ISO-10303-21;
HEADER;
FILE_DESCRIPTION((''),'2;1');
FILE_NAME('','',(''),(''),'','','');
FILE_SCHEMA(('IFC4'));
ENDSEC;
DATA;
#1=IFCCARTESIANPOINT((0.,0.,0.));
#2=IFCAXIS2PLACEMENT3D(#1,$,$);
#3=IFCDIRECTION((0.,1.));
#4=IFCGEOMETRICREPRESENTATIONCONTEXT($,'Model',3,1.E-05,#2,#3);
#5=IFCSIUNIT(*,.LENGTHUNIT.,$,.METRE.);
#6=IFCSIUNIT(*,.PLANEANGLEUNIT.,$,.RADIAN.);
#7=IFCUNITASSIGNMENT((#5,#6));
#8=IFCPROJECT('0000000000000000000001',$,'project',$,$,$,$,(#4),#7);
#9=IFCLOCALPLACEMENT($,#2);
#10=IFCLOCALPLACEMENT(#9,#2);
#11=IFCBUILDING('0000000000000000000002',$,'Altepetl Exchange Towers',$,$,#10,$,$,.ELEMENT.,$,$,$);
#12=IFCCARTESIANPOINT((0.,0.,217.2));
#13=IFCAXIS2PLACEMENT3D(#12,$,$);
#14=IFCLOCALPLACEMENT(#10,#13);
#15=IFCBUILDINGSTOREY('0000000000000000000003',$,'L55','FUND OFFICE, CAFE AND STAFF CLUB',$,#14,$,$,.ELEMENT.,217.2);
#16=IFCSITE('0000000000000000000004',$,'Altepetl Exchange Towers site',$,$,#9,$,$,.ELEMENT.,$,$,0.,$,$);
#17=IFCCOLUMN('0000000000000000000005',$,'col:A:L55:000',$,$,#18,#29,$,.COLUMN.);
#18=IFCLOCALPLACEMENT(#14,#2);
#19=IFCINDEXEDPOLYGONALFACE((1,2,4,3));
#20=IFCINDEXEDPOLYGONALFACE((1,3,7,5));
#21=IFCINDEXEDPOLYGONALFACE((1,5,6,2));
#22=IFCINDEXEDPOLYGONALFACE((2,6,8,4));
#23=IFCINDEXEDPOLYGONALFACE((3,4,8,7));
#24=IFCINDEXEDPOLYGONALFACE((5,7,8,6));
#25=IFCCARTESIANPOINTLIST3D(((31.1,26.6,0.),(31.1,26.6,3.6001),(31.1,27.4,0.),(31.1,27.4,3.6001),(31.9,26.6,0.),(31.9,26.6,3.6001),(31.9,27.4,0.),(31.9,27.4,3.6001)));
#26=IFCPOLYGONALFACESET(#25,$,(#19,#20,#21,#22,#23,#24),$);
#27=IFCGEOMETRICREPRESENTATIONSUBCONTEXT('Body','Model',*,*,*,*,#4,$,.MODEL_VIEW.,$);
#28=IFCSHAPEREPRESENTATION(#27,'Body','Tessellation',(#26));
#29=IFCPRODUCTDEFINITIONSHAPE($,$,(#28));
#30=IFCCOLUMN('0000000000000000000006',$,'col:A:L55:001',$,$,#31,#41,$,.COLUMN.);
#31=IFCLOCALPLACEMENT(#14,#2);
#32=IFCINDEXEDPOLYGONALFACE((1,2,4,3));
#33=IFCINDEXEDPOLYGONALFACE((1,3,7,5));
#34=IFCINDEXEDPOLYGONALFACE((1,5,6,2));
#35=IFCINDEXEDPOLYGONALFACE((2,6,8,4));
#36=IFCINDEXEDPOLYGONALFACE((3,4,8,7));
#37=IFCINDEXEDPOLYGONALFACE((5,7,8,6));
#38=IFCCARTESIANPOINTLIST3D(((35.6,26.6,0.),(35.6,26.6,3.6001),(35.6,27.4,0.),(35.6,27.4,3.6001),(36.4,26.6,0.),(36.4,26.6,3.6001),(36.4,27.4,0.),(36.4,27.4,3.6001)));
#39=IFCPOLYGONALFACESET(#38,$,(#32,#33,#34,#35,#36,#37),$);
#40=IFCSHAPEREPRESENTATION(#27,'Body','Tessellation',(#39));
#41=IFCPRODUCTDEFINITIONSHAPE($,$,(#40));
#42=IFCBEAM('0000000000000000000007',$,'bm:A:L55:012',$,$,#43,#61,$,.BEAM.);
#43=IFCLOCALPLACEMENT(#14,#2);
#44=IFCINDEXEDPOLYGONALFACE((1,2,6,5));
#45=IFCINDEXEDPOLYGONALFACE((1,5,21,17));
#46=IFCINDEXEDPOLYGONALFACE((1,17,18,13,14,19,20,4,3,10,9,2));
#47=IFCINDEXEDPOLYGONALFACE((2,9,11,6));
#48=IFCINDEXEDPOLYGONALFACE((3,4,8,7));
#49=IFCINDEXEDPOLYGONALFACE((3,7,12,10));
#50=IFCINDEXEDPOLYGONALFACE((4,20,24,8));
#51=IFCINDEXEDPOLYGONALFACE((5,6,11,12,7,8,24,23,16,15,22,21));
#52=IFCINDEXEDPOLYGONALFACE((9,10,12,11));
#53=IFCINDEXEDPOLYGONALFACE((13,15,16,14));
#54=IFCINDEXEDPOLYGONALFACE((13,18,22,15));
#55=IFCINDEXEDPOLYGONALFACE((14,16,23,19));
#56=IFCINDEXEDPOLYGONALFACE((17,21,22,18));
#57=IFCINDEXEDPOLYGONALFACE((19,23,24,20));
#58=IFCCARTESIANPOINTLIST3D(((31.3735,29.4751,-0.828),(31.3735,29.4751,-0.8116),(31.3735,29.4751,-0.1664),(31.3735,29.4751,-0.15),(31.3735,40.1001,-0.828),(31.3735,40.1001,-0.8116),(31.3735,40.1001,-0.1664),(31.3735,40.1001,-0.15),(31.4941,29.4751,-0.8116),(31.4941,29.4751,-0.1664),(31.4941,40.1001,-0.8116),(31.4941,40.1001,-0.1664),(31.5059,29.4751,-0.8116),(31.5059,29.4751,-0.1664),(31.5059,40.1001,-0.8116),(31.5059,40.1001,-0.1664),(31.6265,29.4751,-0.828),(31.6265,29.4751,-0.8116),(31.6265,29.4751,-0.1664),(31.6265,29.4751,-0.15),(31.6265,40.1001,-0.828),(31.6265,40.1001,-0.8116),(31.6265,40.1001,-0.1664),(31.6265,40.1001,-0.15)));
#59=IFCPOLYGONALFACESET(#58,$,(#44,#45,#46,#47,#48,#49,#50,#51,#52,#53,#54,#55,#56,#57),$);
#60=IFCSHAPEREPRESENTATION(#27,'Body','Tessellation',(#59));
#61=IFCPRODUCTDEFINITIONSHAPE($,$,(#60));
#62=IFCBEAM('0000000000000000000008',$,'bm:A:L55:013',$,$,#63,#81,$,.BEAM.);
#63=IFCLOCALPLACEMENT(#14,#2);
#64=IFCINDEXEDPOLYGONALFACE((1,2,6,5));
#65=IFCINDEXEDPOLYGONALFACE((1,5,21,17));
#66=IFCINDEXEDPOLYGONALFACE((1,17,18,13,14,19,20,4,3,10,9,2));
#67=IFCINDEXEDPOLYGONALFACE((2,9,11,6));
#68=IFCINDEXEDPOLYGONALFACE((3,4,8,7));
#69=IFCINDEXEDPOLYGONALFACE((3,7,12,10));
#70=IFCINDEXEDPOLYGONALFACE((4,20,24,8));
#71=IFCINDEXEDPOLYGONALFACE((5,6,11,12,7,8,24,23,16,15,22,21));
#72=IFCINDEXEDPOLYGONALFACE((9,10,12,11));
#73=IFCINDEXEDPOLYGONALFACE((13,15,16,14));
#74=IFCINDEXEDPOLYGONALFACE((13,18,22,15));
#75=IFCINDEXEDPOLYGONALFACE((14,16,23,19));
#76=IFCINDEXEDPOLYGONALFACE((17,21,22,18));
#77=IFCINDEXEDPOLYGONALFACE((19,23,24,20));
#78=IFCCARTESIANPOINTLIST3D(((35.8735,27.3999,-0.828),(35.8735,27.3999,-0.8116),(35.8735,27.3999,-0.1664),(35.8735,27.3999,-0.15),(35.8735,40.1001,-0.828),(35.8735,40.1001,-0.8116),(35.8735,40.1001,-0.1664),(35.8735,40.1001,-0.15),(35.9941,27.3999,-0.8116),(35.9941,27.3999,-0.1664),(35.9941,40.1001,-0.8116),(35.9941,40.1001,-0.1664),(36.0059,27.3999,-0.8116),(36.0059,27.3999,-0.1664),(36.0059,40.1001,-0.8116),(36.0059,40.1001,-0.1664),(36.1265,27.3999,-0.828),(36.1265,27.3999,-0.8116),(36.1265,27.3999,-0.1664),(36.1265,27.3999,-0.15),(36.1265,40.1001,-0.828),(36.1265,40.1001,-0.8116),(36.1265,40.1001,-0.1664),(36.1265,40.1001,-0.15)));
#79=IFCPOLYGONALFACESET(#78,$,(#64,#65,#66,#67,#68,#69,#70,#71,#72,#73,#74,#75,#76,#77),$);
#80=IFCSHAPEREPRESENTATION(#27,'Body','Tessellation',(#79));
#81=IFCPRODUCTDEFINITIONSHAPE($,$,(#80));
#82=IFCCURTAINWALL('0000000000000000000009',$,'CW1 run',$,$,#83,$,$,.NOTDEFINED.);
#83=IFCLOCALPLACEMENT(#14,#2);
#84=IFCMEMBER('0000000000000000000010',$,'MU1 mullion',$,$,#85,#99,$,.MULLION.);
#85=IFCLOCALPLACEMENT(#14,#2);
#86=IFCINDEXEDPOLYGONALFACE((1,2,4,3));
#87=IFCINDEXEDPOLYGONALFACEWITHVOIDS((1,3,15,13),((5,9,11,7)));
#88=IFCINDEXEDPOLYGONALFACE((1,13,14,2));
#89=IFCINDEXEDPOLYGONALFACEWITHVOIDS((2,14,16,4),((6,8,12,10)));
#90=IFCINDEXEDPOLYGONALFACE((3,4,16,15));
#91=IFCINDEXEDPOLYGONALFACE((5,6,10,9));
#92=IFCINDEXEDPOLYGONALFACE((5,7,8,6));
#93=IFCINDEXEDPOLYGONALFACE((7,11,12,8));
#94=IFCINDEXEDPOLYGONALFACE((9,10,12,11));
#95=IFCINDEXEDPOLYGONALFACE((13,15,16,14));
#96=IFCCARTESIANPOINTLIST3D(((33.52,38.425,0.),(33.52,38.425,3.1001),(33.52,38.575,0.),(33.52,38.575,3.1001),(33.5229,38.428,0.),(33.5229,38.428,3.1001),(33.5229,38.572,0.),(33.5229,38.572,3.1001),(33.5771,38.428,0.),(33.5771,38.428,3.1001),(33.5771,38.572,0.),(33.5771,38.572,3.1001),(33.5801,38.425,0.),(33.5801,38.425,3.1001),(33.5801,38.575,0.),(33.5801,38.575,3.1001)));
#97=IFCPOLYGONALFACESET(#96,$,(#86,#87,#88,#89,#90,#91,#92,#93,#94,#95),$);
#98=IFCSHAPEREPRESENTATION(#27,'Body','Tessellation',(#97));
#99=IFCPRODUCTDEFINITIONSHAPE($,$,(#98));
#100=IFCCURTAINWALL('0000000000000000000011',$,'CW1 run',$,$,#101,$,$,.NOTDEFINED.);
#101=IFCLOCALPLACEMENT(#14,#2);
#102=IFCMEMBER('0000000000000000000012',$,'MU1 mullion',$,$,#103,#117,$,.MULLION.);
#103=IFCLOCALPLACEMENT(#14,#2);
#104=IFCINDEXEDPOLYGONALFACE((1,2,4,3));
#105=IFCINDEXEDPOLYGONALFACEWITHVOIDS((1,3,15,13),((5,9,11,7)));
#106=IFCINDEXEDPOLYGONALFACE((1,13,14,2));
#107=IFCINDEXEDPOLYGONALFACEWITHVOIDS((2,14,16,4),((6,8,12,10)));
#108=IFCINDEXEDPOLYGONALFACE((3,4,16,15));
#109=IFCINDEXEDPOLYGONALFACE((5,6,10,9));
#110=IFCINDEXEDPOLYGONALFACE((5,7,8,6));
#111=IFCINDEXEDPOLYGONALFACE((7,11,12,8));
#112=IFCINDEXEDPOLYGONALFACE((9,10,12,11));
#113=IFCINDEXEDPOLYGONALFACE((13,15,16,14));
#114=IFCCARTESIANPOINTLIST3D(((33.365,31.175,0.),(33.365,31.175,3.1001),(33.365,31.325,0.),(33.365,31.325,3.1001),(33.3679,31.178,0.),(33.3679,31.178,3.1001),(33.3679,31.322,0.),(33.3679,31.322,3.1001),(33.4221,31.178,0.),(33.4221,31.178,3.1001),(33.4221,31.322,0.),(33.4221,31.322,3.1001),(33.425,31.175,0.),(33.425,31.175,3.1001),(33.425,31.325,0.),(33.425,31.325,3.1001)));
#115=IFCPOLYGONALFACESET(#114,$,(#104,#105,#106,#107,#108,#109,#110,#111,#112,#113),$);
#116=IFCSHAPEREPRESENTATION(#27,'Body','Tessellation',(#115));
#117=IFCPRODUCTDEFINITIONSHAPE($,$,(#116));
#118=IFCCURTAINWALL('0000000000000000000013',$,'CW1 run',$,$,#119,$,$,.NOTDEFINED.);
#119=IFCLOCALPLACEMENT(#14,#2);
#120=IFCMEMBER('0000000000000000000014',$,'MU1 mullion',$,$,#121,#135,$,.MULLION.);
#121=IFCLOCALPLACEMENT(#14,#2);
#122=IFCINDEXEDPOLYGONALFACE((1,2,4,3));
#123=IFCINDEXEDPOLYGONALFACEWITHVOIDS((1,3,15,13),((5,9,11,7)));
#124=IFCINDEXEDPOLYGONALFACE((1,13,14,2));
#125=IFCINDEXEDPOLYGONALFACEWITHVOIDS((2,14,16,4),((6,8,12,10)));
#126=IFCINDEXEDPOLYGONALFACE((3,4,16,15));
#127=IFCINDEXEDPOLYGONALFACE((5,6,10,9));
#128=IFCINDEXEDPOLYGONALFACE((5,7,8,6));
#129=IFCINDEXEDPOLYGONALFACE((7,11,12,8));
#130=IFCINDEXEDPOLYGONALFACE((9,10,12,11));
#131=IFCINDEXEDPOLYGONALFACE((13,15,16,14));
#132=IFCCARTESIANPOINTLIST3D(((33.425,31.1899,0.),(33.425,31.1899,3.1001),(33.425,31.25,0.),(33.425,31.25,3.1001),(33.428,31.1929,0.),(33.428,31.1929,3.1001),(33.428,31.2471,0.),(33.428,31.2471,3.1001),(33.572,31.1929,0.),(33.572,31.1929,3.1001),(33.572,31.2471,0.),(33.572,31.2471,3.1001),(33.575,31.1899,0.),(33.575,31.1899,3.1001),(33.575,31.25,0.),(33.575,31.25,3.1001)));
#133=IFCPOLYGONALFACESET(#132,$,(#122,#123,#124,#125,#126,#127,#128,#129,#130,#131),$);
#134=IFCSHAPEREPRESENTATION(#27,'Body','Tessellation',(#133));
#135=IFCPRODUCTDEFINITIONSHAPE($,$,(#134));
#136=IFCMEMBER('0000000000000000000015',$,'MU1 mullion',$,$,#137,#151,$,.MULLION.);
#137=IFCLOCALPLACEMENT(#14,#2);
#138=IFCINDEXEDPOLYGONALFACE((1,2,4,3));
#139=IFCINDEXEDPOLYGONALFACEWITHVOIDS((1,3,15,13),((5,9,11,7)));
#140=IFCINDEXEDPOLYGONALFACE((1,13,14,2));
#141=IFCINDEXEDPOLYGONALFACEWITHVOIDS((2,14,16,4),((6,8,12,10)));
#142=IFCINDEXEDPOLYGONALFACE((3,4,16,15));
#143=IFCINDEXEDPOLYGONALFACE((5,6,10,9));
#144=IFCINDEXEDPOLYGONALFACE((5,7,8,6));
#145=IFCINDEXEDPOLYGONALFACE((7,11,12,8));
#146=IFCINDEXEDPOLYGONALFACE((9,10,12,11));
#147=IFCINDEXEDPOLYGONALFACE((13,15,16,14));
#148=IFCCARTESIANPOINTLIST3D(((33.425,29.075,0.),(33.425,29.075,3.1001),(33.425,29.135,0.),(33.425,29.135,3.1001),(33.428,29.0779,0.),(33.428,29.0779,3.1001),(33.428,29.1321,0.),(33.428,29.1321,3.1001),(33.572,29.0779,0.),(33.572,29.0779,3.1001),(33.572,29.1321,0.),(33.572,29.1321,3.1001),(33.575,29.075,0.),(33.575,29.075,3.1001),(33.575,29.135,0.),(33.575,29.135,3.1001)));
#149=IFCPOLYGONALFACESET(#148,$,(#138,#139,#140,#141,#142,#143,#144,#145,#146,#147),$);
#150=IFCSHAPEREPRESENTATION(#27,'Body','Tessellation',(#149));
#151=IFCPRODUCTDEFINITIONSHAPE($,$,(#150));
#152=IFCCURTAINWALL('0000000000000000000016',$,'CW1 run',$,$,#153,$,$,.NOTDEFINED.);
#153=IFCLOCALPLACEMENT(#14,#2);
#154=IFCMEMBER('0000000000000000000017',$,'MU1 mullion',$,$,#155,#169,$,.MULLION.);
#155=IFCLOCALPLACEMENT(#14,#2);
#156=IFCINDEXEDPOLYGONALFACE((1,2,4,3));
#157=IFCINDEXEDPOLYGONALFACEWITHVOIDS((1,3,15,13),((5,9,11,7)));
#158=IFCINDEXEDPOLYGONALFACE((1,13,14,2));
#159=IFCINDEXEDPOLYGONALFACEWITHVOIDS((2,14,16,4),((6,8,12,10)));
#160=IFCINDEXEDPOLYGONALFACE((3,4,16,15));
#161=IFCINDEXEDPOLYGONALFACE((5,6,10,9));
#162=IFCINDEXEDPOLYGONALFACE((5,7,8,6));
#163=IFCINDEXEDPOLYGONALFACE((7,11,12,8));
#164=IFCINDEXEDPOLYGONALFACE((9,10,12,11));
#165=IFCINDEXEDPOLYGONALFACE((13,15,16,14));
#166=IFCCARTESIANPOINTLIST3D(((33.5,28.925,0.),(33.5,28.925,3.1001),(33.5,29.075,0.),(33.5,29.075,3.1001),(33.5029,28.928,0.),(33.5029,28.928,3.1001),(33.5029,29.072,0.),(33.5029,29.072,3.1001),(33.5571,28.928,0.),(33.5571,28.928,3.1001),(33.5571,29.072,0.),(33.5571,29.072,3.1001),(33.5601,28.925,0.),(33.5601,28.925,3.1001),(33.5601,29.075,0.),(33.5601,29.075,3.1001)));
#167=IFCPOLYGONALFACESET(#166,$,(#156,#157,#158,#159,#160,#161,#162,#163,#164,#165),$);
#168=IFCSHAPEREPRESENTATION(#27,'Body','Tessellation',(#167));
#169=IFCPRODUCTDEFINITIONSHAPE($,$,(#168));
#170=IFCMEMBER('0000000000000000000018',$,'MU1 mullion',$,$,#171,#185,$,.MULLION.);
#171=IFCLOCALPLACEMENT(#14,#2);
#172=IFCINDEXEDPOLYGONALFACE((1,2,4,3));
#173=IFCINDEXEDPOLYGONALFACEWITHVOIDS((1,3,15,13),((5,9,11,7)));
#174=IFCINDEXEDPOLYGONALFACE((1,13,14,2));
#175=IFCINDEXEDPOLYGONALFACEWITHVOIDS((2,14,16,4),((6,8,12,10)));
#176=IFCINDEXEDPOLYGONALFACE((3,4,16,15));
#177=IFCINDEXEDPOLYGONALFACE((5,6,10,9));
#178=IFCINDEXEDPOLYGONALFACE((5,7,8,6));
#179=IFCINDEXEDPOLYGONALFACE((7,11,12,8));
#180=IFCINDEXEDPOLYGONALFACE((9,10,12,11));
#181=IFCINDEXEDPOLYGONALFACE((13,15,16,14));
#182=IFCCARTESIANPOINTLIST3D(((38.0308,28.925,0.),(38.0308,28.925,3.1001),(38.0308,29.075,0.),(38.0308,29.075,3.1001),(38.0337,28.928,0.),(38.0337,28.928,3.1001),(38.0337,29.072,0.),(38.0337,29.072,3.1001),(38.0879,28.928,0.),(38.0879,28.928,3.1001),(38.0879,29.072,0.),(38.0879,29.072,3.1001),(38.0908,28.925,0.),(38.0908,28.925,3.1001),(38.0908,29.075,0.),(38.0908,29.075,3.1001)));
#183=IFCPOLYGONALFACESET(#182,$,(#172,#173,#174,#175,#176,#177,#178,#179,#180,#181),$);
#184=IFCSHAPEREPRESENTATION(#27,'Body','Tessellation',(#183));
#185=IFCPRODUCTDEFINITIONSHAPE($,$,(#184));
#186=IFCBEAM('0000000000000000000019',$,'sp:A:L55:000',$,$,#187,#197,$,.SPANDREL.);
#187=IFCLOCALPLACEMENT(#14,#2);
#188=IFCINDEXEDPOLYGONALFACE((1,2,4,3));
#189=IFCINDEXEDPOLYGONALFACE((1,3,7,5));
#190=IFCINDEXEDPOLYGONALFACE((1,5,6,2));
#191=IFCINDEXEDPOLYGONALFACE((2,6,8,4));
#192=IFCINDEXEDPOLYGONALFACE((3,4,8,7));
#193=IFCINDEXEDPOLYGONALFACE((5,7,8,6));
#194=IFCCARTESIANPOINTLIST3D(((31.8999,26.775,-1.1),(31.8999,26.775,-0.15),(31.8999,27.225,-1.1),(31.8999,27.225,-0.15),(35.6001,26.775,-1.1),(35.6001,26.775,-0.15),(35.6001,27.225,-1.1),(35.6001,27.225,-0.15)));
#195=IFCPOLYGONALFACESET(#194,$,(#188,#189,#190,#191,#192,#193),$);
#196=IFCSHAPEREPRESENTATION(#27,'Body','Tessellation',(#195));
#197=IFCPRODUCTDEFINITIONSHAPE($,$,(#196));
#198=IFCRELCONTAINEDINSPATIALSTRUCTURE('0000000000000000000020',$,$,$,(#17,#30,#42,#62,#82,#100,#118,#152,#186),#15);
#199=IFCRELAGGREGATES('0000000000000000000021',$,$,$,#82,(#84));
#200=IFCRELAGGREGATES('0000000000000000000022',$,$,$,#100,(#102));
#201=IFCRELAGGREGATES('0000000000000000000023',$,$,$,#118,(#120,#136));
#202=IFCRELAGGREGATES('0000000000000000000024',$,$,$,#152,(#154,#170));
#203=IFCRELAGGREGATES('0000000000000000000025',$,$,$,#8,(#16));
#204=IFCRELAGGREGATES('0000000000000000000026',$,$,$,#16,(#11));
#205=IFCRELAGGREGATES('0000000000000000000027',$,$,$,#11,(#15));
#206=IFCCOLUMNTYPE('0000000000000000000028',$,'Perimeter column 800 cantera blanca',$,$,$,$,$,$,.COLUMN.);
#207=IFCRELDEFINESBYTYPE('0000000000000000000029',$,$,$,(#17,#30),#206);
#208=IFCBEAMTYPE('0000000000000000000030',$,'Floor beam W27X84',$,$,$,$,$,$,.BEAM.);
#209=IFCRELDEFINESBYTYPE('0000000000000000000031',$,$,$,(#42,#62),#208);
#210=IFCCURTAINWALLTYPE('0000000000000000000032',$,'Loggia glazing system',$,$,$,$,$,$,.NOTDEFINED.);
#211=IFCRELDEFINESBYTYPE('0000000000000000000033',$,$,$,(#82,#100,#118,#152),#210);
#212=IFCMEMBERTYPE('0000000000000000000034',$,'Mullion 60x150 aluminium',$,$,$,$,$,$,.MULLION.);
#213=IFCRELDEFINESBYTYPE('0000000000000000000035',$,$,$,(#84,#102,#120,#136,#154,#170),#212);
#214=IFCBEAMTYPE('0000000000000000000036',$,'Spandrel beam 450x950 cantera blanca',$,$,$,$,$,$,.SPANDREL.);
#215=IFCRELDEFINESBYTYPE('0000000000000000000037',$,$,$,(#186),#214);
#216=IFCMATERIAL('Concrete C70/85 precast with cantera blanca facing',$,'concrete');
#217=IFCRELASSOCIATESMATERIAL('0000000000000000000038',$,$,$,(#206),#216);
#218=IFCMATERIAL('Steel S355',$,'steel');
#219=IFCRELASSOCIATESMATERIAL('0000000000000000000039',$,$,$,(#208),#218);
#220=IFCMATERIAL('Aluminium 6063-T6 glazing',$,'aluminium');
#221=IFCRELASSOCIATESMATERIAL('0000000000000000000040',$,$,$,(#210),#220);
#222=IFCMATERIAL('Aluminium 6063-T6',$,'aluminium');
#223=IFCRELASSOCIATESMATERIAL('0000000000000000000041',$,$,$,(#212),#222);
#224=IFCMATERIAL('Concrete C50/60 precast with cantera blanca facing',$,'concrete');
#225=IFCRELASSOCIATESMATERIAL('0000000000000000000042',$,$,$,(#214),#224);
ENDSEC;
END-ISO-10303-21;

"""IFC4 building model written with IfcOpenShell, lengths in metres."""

from ifc_helpers import new_model, si_unit, direction, frame, origin, origin_2d, place, context, subcontext, project, spatial, rectangle, hollow_rectangle, i_section, extrude, material, material_profile, profile_set, type_object, element, aggregate, save


model = new_model("IFC4")

# Units and contexts
model_context = context("Model", 3, precision=1e-05, world=origin(), true_north=direction((0.0, 1.0)))
body_context = subcontext(model_context, "Body", "Model", "MODEL_VIEW")
ifc_project = project(units=[si_unit("LENGTHUNIT", "METRE"), si_unit("PLANEANGLEUNIT", "RADIAN")], contexts=[model_context])

# Site, building, storey
site_placement = place(None, origin())
site = spatial("IfcSite", under=ifc_project, at=site_placement, Name="Altepetl Exchange Towers site", CompositionType="ELEMENT", RefElevation=0.0)
building_placement = place(site_placement, origin())
building = spatial("IfcBuilding", under=site, at=building_placement, Name="Altepetl Exchange Towers", CompositionType="ELEMENT")
storey_placement = place(building_placement, frame((0.0, 0.0, 217.2)))
storey = spatial("IfcBuildingStorey", under=building, at=storey_placement, Name="L55", Description="FUND OFFICE, CAFE AND STAFF CLUB", CompositionType="ELEMENT", Elevation=217.2)

# Columns
ifc_material_1 = material(Name="Concrete C70/85 precast with cantera blanca facing", Category="concrete")
ifc_material_profile_1 = material_profile(ifc_material_1, rectangle(XDim=0.8, YDim=0.8, at=origin_2d()), Name="800 x 800")
ifc_profile_set_1 = profile_set([ifc_material_profile_1], Name="Concrete C70/85 precast with cantera blanca facing")
column_type = type_object("IfcColumnType", Name="Perimeter column 800 cantera blanca", PredefinedType="COLUMN", material=ifc_profile_set_1)
for number, where, name in (
    (1, (31.5, 27.0, 0.0), "col:A:L55:000"),
    (2, (36.0, 27.0, 0.0), "col:A:L55:001"),
):
    element("IfcColumn", number, at=place(storey_placement, frame(where)), inside=storey, type_object=column_type, Name=name, PredefinedType="COLUMN", context=body_context, shape_type="SweptSolid", body=[
        extrude(rectangle(XDim=0.8, YDim=0.8, at=origin_2d()), origin(), (0.0, 0.0, 1.0), 3.6001),
    ])

# Beams
ifc_material_2 = material(Name="Steel S355", Category="steel")
ifc_material_profile_2 = material_profile(ifc_material_2, i_section(OverallWidth=0.2529, OverallDepth=0.678, WebThickness=0.0117, FlangeThickness=0.0164, at=origin_2d()), Name="W27X84")
ifc_profile_set_2 = profile_set([ifc_material_profile_2], Name="Steel S355")
beam_type_1 = type_object("IfcBeamType", Name="Floor beam W27X84", PredefinedType="BEAM", material=ifc_profile_set_2)
beam_1_placement = place(storey_placement, frame((31.5, 29.4751, -0.489), z_axis=(0.0, 1.0, 0.0), x_axis=(-1.0, 0.0, 0.0)))
element("IfcBeam", 3, at=beam_1_placement, inside=storey, type_object=beam_type_1, Name="bm:A:L55:012", PredefinedType="BEAM", context=body_context, shape_type="SweptSolid", body=[
    extrude(i_section(OverallWidth=0.2529, OverallDepth=0.678, WebThickness=0.0117, FlangeThickness=0.0164, at=origin_2d()), origin(), (0.0, 0.0, 1.0), 10.625),
])
beam_2_placement = place(storey_placement, frame((36.0, 27.3999, -0.489), z_axis=(0.0, 1.0, 0.0), x_axis=(-1.0, 0.0, 0.0)))
element("IfcBeam", 4, at=beam_2_placement, inside=storey, type_object=beam_type_1, Name="bm:A:L55:013", PredefinedType="BEAM", context=body_context, shape_type="SweptSolid", body=[
    extrude(i_section(OverallWidth=0.2529, OverallDepth=0.678, WebThickness=0.0117, FlangeThickness=0.0164, at=origin_2d()), origin(), (0.0, 0.0, 1.0), 12.7002),
])

# Curtain walls, members
ifc_material_3 = material(Name="Aluminium 6063-T6 glazing", Category="aluminium")
curtain_wall_type = type_object("IfcCurtainWallType", Name="Loggia glazing system", PredefinedType="NOTDEFINED", material=ifc_material_3)
curtain_wall_1_placement = place(storey_placement, origin())
curtain_wall_1 = element("IfcCurtainWall", 5, at=curtain_wall_1_placement, inside=storey, type_object=curtain_wall_type, Name="CW1 run", PredefinedType="NOTDEFINED")
ifc_material_4 = material(Name="Aluminium 6063-T6", Category="aluminium")
ifc_material_profile_3 = material_profile(ifc_material_4, hollow_rectangle(XDim=0.0601, YDim=0.1499, WallThickness=0.0029, at=origin_2d()), Name="Mullion 60x150 aluminium")
ifc_profile_set_3 = profile_set([ifc_material_profile_3], Name="Aluminium 6063-T6")
member_type = type_object("IfcMemberType", Name="Mullion 60x150 aluminium", PredefinedType="MULLION", material=ifc_profile_set_3)
member_1_placement = place(storey_placement, frame((33.55, 38.5, 0.0), z_axis=(0.0, 0.0, 1.0), x_axis=(-1.0, 0.0, 0.0)))
member_1 = element("IfcMember", 6, at=member_1_placement, type_object=member_type, Name="MU1 mullion", PredefinedType="MULLION", context=body_context, shape_type="SweptSolid", body=[
    extrude(hollow_rectangle(XDim=0.0601, YDim=0.1499, WallThickness=0.0029, at=origin_2d()), origin(), (0.0, 0.0, 1.0), 3.1001),
])
curtain_wall_2_placement = place(storey_placement, origin())
curtain_wall_2 = element("IfcCurtainWall", 7, at=curtain_wall_2_placement, inside=storey, type_object=curtain_wall_type, Name="CW1 run", PredefinedType="NOTDEFINED")
member_2_placement = place(storey_placement, frame((33.395, 31.25, 0.0)))
member_2 = element("IfcMember", 8, at=member_2_placement, type_object=member_type, Name="MU1 mullion", PredefinedType="MULLION", context=body_context, shape_type="SweptSolid", body=[
    extrude(hollow_rectangle(XDim=0.0601, YDim=0.1499, WallThickness=0.0029, at=origin_2d()), origin(), (0.0, 0.0, 1.0), 3.1001),
])

# Curtain walls, members
curtain_wall_3_placement = place(storey_placement, origin())
curtain_wall_3 = element("IfcCurtainWall", 9, at=curtain_wall_3_placement, inside=storey, type_object=curtain_wall_type, Name="CW1 run", PredefinedType="NOTDEFINED")
member_3_placement = place(storey_placement, frame((33.5, 31.22, 0.0), z_axis=(0.0, 0.0, 1.0), x_axis=(0.0, -1.0, 0.0)))
member_3 = element("IfcMember", 10, at=member_3_placement, type_object=member_type, Name="MU1 mullion", PredefinedType="MULLION", context=body_context, shape_type="SweptSolid", body=[
    extrude(hollow_rectangle(XDim=0.0601, YDim=0.1499, WallThickness=0.0029, at=origin_2d()), origin(), (0.0, 0.0, 1.0), 3.1001),
])
member_4_placement = place(storey_placement, frame((33.5, 29.105, 0.0), z_axis=(0.0, 0.0, 1.0), x_axis=(0.0, -1.0, 0.0)))
member_4 = element("IfcMember", 11, at=member_4_placement, type_object=member_type, Name="MU1 mullion", PredefinedType="MULLION", context=body_context, shape_type="SweptSolid", body=[
    extrude(hollow_rectangle(XDim=0.0601, YDim=0.1499, WallThickness=0.0029, at=origin_2d()), origin(), (0.0, 0.0, 1.0), 3.1001),
])
curtain_wall_4_placement = place(storey_placement, origin())
curtain_wall_4 = element("IfcCurtainWall", 12, at=curtain_wall_4_placement, inside=storey, type_object=curtain_wall_type, Name="CW1 run", PredefinedType="NOTDEFINED")
member_5_placement = place(storey_placement, frame((33.53, 29.0, 0.0)))
member_5 = element("IfcMember", 13, at=member_5_placement, type_object=member_type, Name="MU1 mullion", PredefinedType="MULLION", context=body_context, shape_type="SweptSolid", body=[
    extrude(hollow_rectangle(XDim=0.0601, YDim=0.1499, WallThickness=0.0029, at=origin_2d()), origin(), (0.0, 0.0, 1.0), 3.1001),
])
member_6_placement = place(storey_placement, frame((38.0608, 29.0, 0.0)))
member_6 = element("IfcMember", 14, at=member_6_placement, type_object=member_type, Name="MU1 mullion", PredefinedType="MULLION", context=body_context, shape_type="SweptSolid", body=[
    extrude(hollow_rectangle(XDim=0.0601, YDim=0.1499, WallThickness=0.0029, at=origin_2d()), origin(), (0.0, 0.0, 1.0), 3.1001),
])

# Beam
ifc_material_5 = material(Name="Concrete C50/60 precast with cantera blanca facing", Category="concrete")
ifc_material_profile_4 = material_profile(ifc_material_5, rectangle(XDim=0.45, YDim=0.95, at=origin_2d()), Name="450 x 950")
ifc_profile_set_4 = profile_set([ifc_material_profile_4], Name="Concrete C50/60 precast with cantera blanca facing")
beam_type_2 = type_object("IfcBeamType", Name="Spandrel beam 450x950 cantera blanca", PredefinedType="SPANDREL", material=ifc_profile_set_4)
for number, where, z_axis, x_axis, name in (
    (15, (31.8999, 27.0, -0.625), (1.0, 0.0, 0.0), (0.0, 1.0, 0.0), "sp:A:L55:000"),
):
    element("IfcBeam", number, at=place(storey_placement, frame(where, z_axis=z_axis, x_axis=x_axis)), inside=storey, type_object=beam_type_2, Name=name, PredefinedType="SPANDREL", context=body_context, shape_type="SweptSolid", body=[
        extrude(rectangle(XDim=0.45, YDim=0.95, at=origin_2d()), origin(), (0.0, 0.0, 1.0), 3.7002),
    ])

aggregate(curtain_wall_1, [member_1])
aggregate(curtain_wall_2, [member_2])
aggregate(curtain_wall_3, [member_3, member_4])
aggregate(curtain_wall_4, [member_5, member_6])

save(model, "model.ifc")
